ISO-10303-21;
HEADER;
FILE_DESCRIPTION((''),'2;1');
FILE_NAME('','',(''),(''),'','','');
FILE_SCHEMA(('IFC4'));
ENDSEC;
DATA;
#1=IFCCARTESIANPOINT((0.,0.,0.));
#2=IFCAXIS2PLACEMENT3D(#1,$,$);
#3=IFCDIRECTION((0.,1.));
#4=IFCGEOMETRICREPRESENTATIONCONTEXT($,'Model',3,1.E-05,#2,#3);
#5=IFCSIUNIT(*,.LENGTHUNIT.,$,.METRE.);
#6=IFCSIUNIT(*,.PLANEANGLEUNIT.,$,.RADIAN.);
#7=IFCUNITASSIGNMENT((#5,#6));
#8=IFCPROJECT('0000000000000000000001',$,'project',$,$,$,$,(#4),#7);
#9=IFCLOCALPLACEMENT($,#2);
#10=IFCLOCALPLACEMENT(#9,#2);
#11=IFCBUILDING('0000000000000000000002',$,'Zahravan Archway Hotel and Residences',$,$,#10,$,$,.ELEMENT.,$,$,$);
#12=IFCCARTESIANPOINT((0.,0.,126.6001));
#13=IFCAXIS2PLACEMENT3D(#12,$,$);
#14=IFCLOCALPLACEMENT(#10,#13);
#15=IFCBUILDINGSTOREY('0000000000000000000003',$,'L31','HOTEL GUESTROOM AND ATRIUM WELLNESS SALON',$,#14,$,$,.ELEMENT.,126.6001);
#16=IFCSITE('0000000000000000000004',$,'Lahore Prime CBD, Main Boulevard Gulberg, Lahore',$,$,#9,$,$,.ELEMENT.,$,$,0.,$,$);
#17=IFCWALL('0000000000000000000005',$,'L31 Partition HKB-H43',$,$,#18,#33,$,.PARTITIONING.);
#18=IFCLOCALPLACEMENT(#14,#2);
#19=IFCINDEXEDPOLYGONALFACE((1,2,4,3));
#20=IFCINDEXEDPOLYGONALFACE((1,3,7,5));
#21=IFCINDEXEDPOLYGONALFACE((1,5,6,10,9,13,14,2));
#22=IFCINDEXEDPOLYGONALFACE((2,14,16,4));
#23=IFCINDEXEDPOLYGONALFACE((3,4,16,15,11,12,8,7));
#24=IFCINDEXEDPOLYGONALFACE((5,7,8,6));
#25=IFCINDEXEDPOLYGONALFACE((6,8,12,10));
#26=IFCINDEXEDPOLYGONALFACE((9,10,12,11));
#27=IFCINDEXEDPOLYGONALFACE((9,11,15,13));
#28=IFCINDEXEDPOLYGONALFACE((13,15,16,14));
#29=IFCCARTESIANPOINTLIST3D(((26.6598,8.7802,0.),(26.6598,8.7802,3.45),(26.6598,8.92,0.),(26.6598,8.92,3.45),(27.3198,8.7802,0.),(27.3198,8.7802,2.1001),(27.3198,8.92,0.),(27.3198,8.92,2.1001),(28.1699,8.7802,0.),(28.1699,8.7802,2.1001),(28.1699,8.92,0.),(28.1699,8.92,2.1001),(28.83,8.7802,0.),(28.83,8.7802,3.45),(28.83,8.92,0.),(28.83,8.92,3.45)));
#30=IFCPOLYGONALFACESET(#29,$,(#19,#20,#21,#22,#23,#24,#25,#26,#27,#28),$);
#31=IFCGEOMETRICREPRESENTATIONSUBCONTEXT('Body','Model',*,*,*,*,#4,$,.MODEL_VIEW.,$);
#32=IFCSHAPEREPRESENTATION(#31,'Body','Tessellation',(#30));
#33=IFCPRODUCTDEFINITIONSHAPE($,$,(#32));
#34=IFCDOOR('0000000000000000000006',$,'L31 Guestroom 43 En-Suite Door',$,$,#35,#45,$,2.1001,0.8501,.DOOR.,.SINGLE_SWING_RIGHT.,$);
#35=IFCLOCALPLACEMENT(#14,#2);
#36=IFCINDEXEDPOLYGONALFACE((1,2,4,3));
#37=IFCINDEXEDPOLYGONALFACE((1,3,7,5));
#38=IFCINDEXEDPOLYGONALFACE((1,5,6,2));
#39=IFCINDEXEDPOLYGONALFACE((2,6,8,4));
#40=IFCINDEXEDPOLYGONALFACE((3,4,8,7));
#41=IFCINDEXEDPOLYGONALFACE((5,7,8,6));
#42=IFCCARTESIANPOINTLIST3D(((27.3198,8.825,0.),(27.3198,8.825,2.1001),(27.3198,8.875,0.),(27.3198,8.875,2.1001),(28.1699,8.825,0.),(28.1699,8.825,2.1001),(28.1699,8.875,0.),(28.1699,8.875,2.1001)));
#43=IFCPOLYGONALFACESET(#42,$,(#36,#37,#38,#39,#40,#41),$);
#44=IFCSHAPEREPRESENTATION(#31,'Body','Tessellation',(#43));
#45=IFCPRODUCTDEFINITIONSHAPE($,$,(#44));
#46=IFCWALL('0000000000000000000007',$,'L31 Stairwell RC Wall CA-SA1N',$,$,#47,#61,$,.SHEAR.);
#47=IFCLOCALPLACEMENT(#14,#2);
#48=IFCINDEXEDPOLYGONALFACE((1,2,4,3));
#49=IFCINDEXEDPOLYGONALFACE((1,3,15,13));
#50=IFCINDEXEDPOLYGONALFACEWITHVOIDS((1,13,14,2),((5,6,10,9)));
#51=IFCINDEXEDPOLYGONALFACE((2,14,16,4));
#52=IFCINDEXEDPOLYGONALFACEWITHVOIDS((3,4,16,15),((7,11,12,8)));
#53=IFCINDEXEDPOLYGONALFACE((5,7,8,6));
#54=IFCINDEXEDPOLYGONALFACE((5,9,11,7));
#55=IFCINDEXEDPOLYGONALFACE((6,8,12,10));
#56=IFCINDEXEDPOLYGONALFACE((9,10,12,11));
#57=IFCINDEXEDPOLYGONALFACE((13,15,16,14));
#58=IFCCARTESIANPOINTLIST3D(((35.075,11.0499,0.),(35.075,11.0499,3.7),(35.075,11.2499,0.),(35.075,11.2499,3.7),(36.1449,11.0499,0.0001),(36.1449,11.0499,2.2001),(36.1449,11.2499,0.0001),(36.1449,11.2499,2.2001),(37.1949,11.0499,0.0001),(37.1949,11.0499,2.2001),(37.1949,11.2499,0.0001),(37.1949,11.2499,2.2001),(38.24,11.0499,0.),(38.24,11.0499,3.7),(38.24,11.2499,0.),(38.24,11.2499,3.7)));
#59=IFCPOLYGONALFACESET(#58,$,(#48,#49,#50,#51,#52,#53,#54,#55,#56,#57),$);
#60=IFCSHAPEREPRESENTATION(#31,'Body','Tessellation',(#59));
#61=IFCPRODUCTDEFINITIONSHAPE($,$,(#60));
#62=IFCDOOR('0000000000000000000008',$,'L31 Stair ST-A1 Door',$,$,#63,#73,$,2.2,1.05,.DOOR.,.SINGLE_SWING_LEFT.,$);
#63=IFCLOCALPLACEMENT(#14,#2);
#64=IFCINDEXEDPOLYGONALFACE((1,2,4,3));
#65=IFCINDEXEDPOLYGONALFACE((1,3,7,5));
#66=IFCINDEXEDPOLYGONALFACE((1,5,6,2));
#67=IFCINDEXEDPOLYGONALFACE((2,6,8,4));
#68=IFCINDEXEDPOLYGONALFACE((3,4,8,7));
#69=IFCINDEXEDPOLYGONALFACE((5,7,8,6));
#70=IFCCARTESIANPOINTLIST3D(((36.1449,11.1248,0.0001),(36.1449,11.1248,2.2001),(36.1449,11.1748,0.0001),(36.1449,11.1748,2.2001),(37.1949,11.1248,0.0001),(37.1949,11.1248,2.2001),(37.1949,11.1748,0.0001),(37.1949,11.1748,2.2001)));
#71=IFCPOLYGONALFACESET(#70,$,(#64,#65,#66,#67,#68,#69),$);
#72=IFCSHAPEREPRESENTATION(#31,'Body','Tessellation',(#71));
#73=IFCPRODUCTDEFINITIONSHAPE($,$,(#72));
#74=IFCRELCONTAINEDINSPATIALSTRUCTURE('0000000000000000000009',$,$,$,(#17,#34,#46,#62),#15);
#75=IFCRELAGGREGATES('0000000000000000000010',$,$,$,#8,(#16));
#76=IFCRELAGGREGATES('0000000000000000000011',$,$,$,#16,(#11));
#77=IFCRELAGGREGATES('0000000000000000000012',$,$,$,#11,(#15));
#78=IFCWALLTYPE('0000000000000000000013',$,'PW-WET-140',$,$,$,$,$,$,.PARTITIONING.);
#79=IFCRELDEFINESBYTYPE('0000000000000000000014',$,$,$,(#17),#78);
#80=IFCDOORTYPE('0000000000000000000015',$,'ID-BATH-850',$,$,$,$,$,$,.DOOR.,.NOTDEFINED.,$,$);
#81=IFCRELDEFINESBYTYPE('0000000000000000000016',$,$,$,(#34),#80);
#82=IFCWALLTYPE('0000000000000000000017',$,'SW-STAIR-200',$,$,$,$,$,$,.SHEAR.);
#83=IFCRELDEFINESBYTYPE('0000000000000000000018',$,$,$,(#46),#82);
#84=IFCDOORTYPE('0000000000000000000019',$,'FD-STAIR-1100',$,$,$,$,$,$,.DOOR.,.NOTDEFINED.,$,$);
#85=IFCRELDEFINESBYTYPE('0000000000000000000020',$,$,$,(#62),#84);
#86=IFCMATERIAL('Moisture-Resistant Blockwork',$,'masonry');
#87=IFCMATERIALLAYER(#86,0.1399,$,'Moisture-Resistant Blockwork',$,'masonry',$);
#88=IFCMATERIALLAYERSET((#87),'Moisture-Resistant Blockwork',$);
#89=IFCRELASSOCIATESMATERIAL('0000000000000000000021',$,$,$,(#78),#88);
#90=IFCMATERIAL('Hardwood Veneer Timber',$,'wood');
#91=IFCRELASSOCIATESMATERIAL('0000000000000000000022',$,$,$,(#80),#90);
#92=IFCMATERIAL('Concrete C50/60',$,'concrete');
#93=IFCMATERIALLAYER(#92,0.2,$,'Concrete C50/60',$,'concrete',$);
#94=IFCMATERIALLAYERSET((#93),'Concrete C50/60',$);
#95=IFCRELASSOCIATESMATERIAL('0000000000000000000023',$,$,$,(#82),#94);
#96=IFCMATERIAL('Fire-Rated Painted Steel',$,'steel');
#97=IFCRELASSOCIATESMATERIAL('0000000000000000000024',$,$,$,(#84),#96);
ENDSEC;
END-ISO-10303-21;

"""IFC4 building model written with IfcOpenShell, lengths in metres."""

from ifc_helpers import new_model, si_unit, direction, frame, frame_2d, origin, place, context, subcontext, project, spatial, rectangle, extrude, source, transform, mapped, material, layer, layer_set, type_object, type_shapes, element, fill, save


model = new_model("IFC4")

# Units and contexts
model_context = context("Model", 3, precision=1e-05, world=origin(), true_north=direction((0.0, 1.0)))
body_context = subcontext(model_context, "Body", "Model", "MODEL_VIEW")
ifc_project = project(units=[si_unit("LENGTHUNIT", "METRE"), si_unit("PLANEANGLEUNIT", "RADIAN")], contexts=[model_context])

# Site, building, storey
site_placement = place(None, origin())
site = spatial("IfcSite", under=ifc_project, at=site_placement, Name="Lahore Prime CBD, Main Boulevard Gulberg, Lahore", CompositionType="ELEMENT", RefElevation=0.0)
building_placement = place(site_placement, origin())
building = spatial("IfcBuilding", under=site, at=building_placement, Name="Zahravan Archway Hotel and Residences", CompositionType="ELEMENT")
storey_placement = place(building_placement, frame((0.0, 0.0, 126.6001)))
storey = spatial("IfcBuildingStorey", under=building, at=storey_placement, Name="L31", Description="HOTEL GUESTROOM AND ATRIUM WELLNESS SALON", CompositionType="ELEMENT", Elevation=126.6001)

# Shared definitions
ifc_material_1 = material(Name="Moisture-Resistant Blockwork", Category="masonry")
ifc_layer_1 = layer(ifc_material_1, 0.1399, Name="Moisture-Resistant Blockwork", Category="masonry")
ifc_layer_set_1 = layer_set([ifc_layer_1], Name="Moisture-Resistant Blockwork")
wall_type_1 = type_object("IfcWallType", Name="PW-WET-140", PredefinedType="PARTITIONING", material=ifc_layer_set_1)
ifc_material_2 = material(Name="Hardwood Veneer Timber", Category="wood")
door_type_1 = type_object("IfcDoorType", Name="ID-BATH-850", OperationType="NOTDEFINED", PredefinedType="DOOR", material=ifc_material_2)
shared_shape_1 = source(origin(), body_context, "Body", "SweptSolid", [
    extrude(rectangle(XDim=0.8501, YDim=2.1001, at=frame_2d((0.425, 1.05))), frame((0.0, 0.0249, 0.0), z_axis=(0.0, -1.0, 0.0), x_axis=(1.0, 0.0, 0.0)), (0.0, 0.0, 1.0), 0.05),
])
type_shapes(door_type_1, [shared_shape_1])

# Walls, openings, doors
wall_1_placement = place(storey_placement, frame((26.6599, 8.8501, 0.0), z_axis=(0.0, 0.0, 1.0), x_axis=(1.0, 0.0, 0.0)))
wall_1 = element("IfcWall", 1, at=wall_1_placement, inside=storey, type_object=wall_type_1, Name="L31 Partition HKB-H43", PredefinedType="PARTITIONING", context=body_context, shape_type="SweptSolid", body=[
    extrude(rectangle(XDim=2.1702, YDim=0.1399, at=frame_2d((1.085, 0.0))), origin(), (0.0, 0.0, 1.0), 3.45),
])
opening_1_placement = place(wall_1_placement, frame((0.6599, 0.0, 0.0)))
opening_1 = element("IfcOpeningElement", 2, at=opening_1_placement, cuts=wall_1, PredefinedType="OPENING", context=body_context, shape_type="SweptSolid", body=[
    extrude(rectangle(XDim=0.8501, YDim=2.1001, at=frame_2d((0.425, 1.05))), frame((0.0, 0.0801, 0.0), z_axis=(0.0, -1.0, 0.0), x_axis=(1.0, 0.0, 0.0)), (0.0, 0.0, 1.0), 0.1599),
])
door_1_placement = place(opening_1_placement, origin())
door_1 = element("IfcDoor", 3, at=door_1_placement, inside=storey, type_object=door_type_1, Name="L31 Guestroom 43 En-Suite Door", OperationType="SINGLE_SWING_RIGHT", OverallHeight=2.1001, OverallWidth=0.8501, PredefinedType="DOOR", context=body_context, shape_type="MappedRepresentation", body=[
    mapped(shared_shape_1, transform((0.0, 0.0, 0.0), scale=1.0)),
])
fill(opening_1, door_1)
ifc_material_3 = material(Name="Concrete C50/60", Category="concrete")
ifc_layer_2 = layer(ifc_material_3, 0.2, Name="Concrete C50/60", Category="concrete")
ifc_layer_set_2 = layer_set([ifc_layer_2], Name="Concrete C50/60")
wall_type_2 = type_object("IfcWallType", Name="SW-STAIR-200", PredefinedType="SHEAR", material=ifc_layer_set_2)
wall_2_placement = place(storey_placement, frame((35.075, 11.1499, 0.0), z_axis=(0.0, 0.0, 1.0), x_axis=(1.0, 0.0, 0.0)))
wall_2 = element("IfcWall", 4, at=wall_2_placement, inside=storey, type_object=wall_type_2, Name="L31 Stairwell RC Wall CA-SA1N", PredefinedType="SHEAR", context=body_context, shape_type="SweptSolid", body=[
    extrude(rectangle(XDim=3.165, YDim=0.2, at=frame_2d((1.5825, 0.0))), origin(), (0.0, 0.0, 1.0), 3.7),
])
opening_2_placement = place(wall_2_placement, frame((1.0701, 0.0, 0.0)))
opening_2 = element("IfcOpeningElement", 5, at=opening_2_placement, cuts=wall_2, PredefinedType="OPENING", context=body_context, shape_type="SweptSolid", body=[
    extrude(rectangle(XDim=1.05, YDim=2.2, at=frame_2d((0.5249, 1.1001))), frame((0.0, 0.1099, 0.0), z_axis=(0.0, -1.0, 0.0), x_axis=(1.0, 0.0, 0.0)), (0.0, 0.0, 1.0), 0.22),
])
ifc_material_4 = material(Name="Fire-Rated Painted Steel", Category="steel")
door_type_2 = type_object("IfcDoorType", Name="FD-STAIR-1100", OperationType="NOTDEFINED", PredefinedType="DOOR", material=ifc_material_4)
shared_shape_2 = source(origin(), body_context, "Body", "SweptSolid", [
    extrude(rectangle(XDim=1.05, YDim=2.2, at=frame_2d((0.5249, 1.1001))), frame((0.0, 0.0249, 0.0), z_axis=(0.0, -1.0, 0.0), x_axis=(1.0, 0.0, 0.0)), (0.0, 0.0, 1.0), 0.05),
])
type_shapes(door_type_2, [shared_shape_2])
door_2_placement = place(opening_2_placement, origin())
door_2 = element("IfcDoor", 6, at=door_2_placement, inside=storey, type_object=door_type_2, Name="L31 Stair ST-A1 Door", OperationType="SINGLE_SWING_LEFT", OverallHeight=2.2, OverallWidth=1.05, PredefinedType="DOOR", context=body_context, shape_type="MappedRepresentation", body=[
    mapped(shared_shape_2, transform((0.0, 0.0, 0.0), scale=1.0)),
])
fill(opening_2, door_2)

save(model, "model.ifc")
